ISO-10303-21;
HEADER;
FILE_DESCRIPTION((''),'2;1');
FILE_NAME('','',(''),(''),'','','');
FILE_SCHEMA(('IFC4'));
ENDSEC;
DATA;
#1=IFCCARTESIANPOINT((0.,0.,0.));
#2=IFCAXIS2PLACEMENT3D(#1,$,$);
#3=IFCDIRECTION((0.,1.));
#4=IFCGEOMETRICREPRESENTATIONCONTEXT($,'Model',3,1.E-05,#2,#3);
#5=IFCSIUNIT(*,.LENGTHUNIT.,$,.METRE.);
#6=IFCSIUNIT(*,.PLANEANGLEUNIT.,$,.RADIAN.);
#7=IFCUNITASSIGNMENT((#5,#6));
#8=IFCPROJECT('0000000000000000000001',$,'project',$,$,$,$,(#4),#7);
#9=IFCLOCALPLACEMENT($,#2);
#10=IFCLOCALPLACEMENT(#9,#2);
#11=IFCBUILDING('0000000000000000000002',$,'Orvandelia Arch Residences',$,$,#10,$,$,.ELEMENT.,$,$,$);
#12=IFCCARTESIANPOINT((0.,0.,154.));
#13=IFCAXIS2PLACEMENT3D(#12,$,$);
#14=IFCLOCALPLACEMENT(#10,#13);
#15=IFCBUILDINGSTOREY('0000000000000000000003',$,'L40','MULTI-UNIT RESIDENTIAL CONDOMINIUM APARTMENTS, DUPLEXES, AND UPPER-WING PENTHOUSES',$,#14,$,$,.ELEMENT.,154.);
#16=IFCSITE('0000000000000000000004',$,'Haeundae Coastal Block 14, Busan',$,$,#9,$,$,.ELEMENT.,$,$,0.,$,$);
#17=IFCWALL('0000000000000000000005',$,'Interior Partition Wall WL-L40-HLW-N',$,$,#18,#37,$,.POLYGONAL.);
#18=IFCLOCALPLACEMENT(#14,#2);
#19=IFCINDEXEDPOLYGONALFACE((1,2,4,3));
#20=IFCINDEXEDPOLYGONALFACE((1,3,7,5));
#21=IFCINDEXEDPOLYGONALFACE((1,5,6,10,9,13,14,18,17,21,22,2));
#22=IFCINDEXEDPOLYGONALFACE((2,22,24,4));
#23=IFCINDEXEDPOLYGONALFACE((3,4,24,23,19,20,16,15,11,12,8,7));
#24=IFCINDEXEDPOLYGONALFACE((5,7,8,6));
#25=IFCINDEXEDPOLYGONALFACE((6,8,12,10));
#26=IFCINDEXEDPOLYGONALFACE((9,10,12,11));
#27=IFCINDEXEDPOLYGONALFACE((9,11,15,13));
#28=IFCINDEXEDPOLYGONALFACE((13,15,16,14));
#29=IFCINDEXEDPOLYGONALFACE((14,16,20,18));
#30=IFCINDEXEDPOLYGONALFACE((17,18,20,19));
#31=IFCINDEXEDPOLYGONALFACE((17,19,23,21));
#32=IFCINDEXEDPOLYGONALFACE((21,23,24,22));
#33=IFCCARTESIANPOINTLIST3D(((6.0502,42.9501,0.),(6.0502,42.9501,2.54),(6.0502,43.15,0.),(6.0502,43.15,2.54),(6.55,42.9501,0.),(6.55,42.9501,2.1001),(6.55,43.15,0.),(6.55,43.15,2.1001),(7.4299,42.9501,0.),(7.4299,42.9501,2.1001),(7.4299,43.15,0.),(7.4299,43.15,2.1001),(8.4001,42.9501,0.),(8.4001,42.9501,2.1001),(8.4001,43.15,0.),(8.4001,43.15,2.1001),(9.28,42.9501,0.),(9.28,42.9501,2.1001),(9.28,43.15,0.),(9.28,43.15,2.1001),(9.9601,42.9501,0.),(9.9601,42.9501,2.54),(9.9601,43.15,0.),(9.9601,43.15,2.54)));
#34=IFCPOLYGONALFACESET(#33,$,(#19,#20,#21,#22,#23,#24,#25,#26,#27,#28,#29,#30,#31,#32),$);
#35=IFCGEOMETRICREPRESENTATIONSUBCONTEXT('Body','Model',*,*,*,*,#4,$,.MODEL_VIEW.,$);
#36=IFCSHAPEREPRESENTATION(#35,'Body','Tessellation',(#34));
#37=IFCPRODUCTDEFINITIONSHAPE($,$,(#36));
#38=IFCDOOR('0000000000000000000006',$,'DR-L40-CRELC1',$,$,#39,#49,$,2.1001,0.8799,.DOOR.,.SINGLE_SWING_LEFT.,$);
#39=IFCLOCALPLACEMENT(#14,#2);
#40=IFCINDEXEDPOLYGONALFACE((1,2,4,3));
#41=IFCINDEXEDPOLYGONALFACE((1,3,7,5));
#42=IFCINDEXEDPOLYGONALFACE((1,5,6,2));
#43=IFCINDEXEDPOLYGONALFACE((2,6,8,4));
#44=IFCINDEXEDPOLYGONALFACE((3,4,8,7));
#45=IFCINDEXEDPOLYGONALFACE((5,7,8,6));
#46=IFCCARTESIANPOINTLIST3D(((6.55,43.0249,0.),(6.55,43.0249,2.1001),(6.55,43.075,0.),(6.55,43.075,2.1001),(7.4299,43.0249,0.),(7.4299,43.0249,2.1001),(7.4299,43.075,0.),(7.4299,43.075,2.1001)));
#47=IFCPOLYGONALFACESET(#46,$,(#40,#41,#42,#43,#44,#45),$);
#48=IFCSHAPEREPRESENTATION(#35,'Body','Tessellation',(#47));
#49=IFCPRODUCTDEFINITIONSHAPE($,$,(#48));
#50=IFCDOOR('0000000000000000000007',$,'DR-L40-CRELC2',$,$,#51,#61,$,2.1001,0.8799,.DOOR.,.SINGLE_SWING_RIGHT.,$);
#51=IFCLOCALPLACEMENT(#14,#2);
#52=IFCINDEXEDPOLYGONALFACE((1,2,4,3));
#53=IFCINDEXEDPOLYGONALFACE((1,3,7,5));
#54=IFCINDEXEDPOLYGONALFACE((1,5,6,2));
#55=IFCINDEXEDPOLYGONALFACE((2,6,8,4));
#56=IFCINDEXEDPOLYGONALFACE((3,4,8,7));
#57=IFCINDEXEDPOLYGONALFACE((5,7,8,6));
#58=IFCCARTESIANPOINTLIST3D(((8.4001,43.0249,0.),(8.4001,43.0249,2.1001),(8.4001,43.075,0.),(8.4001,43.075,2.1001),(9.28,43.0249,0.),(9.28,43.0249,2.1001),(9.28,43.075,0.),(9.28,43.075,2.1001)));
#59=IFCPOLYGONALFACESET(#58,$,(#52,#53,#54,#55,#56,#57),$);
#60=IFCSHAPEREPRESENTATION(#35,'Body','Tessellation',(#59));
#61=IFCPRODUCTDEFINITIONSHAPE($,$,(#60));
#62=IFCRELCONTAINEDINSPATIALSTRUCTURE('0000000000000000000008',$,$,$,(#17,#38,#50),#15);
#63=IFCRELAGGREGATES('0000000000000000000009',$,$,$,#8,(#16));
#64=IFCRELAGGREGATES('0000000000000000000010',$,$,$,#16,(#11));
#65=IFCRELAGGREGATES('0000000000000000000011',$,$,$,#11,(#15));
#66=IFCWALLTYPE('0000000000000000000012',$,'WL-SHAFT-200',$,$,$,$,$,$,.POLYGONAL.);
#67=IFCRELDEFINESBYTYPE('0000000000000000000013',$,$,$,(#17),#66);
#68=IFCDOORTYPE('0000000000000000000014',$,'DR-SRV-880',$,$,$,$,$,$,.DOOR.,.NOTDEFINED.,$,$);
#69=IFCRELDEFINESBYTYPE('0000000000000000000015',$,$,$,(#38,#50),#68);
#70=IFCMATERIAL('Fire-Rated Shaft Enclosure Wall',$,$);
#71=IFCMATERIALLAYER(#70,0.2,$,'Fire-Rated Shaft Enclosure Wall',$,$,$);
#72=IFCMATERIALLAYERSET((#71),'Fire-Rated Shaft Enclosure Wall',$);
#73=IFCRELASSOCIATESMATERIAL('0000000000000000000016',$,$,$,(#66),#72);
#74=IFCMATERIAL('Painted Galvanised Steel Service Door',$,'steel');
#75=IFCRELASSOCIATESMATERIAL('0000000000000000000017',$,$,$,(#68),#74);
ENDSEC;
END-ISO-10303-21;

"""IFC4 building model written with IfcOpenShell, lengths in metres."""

from ifc_helpers import new_model, si_unit, direction, frame, frame_2d, origin, place, context, subcontext, project, spatial, rectangle, extrude, material, layer, layer_set, type_object, element, fill, save


model = new_model("IFC4")

# Units and contexts
model_context = context("Model", 3, precision=1e-05, world=origin(), true_north=direction((0.0, 1.0)))
body_context = subcontext(model_context, "Body", "Model", "MODEL_VIEW")
ifc_project = project(units=[si_unit("LENGTHUNIT", "METRE"), si_unit("PLANEANGLEUNIT", "RADIAN")], contexts=[model_context])

# Site, building, storey
site_placement = place(None, origin())
site = spatial("IfcSite", under=ifc_project, at=site_placement, Name="Haeundae Coastal Block 14, Busan", CompositionType="ELEMENT", RefElevation=0.0)
building_placement = place(site_placement, origin())
building = spatial("IfcBuilding", under=site, at=building_placement, Name="Orvandelia Arch Residences", CompositionType="ELEMENT")
storey_placement = place(building_placement, frame((0.0, 0.0, 154.0)))
storey = spatial("IfcBuildingStorey", under=building, at=storey_placement, Name="L40", Description="MULTI-UNIT RESIDENTIAL CONDOMINIUM APARTMENTS, DUPLEXES, AND UPPER-WING PENTHOUSES", CompositionType="ELEMENT", Elevation=154.0)

# Wall, openings, doors
ifc_material_1 = material(Name="Fire-Rated Shaft Enclosure Wall")
ifc_layer_1 = layer(ifc_material_1, 0.2, Name="Fire-Rated Shaft Enclosure Wall")
ifc_layer_set_1 = layer_set([ifc_layer_1], Name="Fire-Rated Shaft Enclosure Wall")
wall_type_1 = type_object("IfcWallType", Name="WL-SHAFT-200", PredefinedType="POLYGONAL", material=ifc_layer_set_1)
wall_1_placement = place(storey_placement, frame((6.05, 43.05, 0.0), z_axis=(0.0, 0.0, 1.0), x_axis=(1.0, 0.0, 0.0)))
wall_1 = element("IfcWall", 1, at=wall_1_placement, inside=storey, type_object=wall_type_1, Name="Interior Partition Wall WL-L40-HLW-N", PredefinedType="POLYGONAL", context=body_context, shape_type="SweptSolid", body=[
    extrude(rectangle(XDim=3.9099, YDim=0.2, at=frame_2d((1.9551, 0.0))), origin(), (0.0, 0.0, 1.0), 2.54),
])
opening_1_placement = place(wall_1_placement, frame((0.5, 0.0, 0.0)))
opening_1 = element("IfcOpeningElement", 2, at=opening_1_placement, cuts=wall_1, PredefinedType="OPENING", context=body_context, shape_type="SweptSolid", body=[
    extrude(rectangle(XDim=0.8799, YDim=2.1001, at=frame_2d((0.4399, 1.05))), frame((0.0, 0.1099, 0.0), z_axis=(0.0, -1.0, 0.0), x_axis=(1.0, 0.0, 0.0)), (0.0, 0.0, 1.0), 0.22),
])
opening_2_placement = place(wall_1_placement, frame((2.3501, 0.0, 0.0)))
opening_2 = element("IfcOpeningElement", 3, at=opening_2_placement, cuts=wall_1, PredefinedType="OPENING", context=body_context, shape_type="SweptSolid", body=[
    extrude(rectangle(XDim=0.8799, YDim=2.1001, at=frame_2d((0.4399, 1.05))), frame((0.0, 0.1099, 0.0), z_axis=(0.0, -1.0, 0.0), x_axis=(1.0, 0.0, 0.0)), (0.0, 0.0, 1.0), 0.22),
])
ifc_material_2 = material(Name="Painted Galvanised Steel Service Door", Category="steel")
door_type = type_object("IfcDoorType", Name="DR-SRV-880", OperationType="NOTDEFINED", PredefinedType="DOOR", material=ifc_material_2)
door_1_placement = place(opening_1_placement, origin())
door_1 = element("IfcDoor", 4, at=door_1_placement, inside=storey, type_object=door_type, Name="DR-L40-CRELC1", OperationType="SINGLE_SWING_LEFT", OverallHeight=2.1001, OverallWidth=0.8799, PredefinedType="DOOR", context=body_context, shape_type="SweptSolid", body=[
    extrude(rectangle(XDim=0.8799, YDim=2.1001, at=frame_2d((0.4399, 1.05))), frame((0.0, 0.0249, 0.0), z_axis=(0.0, -1.0, 0.0), x_axis=(1.0, 0.0, 0.0)), (0.0, 0.0, 1.0), 0.05),
])
fill(opening_1, door_1)
door_2_placement = place(opening_2_placement, origin())
door_2 = element("IfcDoor", 5, at=door_2_placement, inside=storey, type_object=door_type, Name="DR-L40-CRELC2", OperationType="SINGLE_SWING_RIGHT", OverallHeight=2.1001, OverallWidth=0.8799, PredefinedType="DOOR", context=body_context, shape_type="SweptSolid", body=[
    extrude(rectangle(XDim=0.8799, YDim=2.1001, at=frame_2d((0.4399, 1.05))), frame((0.0, 0.0249, 0.0), z_axis=(0.0, -1.0, 0.0), x_axis=(1.0, 0.0, 0.0)), (0.0, 0.0, 1.0), 0.05),
])
fill(opening_2, door_2)

save(model, "model.ifc")
